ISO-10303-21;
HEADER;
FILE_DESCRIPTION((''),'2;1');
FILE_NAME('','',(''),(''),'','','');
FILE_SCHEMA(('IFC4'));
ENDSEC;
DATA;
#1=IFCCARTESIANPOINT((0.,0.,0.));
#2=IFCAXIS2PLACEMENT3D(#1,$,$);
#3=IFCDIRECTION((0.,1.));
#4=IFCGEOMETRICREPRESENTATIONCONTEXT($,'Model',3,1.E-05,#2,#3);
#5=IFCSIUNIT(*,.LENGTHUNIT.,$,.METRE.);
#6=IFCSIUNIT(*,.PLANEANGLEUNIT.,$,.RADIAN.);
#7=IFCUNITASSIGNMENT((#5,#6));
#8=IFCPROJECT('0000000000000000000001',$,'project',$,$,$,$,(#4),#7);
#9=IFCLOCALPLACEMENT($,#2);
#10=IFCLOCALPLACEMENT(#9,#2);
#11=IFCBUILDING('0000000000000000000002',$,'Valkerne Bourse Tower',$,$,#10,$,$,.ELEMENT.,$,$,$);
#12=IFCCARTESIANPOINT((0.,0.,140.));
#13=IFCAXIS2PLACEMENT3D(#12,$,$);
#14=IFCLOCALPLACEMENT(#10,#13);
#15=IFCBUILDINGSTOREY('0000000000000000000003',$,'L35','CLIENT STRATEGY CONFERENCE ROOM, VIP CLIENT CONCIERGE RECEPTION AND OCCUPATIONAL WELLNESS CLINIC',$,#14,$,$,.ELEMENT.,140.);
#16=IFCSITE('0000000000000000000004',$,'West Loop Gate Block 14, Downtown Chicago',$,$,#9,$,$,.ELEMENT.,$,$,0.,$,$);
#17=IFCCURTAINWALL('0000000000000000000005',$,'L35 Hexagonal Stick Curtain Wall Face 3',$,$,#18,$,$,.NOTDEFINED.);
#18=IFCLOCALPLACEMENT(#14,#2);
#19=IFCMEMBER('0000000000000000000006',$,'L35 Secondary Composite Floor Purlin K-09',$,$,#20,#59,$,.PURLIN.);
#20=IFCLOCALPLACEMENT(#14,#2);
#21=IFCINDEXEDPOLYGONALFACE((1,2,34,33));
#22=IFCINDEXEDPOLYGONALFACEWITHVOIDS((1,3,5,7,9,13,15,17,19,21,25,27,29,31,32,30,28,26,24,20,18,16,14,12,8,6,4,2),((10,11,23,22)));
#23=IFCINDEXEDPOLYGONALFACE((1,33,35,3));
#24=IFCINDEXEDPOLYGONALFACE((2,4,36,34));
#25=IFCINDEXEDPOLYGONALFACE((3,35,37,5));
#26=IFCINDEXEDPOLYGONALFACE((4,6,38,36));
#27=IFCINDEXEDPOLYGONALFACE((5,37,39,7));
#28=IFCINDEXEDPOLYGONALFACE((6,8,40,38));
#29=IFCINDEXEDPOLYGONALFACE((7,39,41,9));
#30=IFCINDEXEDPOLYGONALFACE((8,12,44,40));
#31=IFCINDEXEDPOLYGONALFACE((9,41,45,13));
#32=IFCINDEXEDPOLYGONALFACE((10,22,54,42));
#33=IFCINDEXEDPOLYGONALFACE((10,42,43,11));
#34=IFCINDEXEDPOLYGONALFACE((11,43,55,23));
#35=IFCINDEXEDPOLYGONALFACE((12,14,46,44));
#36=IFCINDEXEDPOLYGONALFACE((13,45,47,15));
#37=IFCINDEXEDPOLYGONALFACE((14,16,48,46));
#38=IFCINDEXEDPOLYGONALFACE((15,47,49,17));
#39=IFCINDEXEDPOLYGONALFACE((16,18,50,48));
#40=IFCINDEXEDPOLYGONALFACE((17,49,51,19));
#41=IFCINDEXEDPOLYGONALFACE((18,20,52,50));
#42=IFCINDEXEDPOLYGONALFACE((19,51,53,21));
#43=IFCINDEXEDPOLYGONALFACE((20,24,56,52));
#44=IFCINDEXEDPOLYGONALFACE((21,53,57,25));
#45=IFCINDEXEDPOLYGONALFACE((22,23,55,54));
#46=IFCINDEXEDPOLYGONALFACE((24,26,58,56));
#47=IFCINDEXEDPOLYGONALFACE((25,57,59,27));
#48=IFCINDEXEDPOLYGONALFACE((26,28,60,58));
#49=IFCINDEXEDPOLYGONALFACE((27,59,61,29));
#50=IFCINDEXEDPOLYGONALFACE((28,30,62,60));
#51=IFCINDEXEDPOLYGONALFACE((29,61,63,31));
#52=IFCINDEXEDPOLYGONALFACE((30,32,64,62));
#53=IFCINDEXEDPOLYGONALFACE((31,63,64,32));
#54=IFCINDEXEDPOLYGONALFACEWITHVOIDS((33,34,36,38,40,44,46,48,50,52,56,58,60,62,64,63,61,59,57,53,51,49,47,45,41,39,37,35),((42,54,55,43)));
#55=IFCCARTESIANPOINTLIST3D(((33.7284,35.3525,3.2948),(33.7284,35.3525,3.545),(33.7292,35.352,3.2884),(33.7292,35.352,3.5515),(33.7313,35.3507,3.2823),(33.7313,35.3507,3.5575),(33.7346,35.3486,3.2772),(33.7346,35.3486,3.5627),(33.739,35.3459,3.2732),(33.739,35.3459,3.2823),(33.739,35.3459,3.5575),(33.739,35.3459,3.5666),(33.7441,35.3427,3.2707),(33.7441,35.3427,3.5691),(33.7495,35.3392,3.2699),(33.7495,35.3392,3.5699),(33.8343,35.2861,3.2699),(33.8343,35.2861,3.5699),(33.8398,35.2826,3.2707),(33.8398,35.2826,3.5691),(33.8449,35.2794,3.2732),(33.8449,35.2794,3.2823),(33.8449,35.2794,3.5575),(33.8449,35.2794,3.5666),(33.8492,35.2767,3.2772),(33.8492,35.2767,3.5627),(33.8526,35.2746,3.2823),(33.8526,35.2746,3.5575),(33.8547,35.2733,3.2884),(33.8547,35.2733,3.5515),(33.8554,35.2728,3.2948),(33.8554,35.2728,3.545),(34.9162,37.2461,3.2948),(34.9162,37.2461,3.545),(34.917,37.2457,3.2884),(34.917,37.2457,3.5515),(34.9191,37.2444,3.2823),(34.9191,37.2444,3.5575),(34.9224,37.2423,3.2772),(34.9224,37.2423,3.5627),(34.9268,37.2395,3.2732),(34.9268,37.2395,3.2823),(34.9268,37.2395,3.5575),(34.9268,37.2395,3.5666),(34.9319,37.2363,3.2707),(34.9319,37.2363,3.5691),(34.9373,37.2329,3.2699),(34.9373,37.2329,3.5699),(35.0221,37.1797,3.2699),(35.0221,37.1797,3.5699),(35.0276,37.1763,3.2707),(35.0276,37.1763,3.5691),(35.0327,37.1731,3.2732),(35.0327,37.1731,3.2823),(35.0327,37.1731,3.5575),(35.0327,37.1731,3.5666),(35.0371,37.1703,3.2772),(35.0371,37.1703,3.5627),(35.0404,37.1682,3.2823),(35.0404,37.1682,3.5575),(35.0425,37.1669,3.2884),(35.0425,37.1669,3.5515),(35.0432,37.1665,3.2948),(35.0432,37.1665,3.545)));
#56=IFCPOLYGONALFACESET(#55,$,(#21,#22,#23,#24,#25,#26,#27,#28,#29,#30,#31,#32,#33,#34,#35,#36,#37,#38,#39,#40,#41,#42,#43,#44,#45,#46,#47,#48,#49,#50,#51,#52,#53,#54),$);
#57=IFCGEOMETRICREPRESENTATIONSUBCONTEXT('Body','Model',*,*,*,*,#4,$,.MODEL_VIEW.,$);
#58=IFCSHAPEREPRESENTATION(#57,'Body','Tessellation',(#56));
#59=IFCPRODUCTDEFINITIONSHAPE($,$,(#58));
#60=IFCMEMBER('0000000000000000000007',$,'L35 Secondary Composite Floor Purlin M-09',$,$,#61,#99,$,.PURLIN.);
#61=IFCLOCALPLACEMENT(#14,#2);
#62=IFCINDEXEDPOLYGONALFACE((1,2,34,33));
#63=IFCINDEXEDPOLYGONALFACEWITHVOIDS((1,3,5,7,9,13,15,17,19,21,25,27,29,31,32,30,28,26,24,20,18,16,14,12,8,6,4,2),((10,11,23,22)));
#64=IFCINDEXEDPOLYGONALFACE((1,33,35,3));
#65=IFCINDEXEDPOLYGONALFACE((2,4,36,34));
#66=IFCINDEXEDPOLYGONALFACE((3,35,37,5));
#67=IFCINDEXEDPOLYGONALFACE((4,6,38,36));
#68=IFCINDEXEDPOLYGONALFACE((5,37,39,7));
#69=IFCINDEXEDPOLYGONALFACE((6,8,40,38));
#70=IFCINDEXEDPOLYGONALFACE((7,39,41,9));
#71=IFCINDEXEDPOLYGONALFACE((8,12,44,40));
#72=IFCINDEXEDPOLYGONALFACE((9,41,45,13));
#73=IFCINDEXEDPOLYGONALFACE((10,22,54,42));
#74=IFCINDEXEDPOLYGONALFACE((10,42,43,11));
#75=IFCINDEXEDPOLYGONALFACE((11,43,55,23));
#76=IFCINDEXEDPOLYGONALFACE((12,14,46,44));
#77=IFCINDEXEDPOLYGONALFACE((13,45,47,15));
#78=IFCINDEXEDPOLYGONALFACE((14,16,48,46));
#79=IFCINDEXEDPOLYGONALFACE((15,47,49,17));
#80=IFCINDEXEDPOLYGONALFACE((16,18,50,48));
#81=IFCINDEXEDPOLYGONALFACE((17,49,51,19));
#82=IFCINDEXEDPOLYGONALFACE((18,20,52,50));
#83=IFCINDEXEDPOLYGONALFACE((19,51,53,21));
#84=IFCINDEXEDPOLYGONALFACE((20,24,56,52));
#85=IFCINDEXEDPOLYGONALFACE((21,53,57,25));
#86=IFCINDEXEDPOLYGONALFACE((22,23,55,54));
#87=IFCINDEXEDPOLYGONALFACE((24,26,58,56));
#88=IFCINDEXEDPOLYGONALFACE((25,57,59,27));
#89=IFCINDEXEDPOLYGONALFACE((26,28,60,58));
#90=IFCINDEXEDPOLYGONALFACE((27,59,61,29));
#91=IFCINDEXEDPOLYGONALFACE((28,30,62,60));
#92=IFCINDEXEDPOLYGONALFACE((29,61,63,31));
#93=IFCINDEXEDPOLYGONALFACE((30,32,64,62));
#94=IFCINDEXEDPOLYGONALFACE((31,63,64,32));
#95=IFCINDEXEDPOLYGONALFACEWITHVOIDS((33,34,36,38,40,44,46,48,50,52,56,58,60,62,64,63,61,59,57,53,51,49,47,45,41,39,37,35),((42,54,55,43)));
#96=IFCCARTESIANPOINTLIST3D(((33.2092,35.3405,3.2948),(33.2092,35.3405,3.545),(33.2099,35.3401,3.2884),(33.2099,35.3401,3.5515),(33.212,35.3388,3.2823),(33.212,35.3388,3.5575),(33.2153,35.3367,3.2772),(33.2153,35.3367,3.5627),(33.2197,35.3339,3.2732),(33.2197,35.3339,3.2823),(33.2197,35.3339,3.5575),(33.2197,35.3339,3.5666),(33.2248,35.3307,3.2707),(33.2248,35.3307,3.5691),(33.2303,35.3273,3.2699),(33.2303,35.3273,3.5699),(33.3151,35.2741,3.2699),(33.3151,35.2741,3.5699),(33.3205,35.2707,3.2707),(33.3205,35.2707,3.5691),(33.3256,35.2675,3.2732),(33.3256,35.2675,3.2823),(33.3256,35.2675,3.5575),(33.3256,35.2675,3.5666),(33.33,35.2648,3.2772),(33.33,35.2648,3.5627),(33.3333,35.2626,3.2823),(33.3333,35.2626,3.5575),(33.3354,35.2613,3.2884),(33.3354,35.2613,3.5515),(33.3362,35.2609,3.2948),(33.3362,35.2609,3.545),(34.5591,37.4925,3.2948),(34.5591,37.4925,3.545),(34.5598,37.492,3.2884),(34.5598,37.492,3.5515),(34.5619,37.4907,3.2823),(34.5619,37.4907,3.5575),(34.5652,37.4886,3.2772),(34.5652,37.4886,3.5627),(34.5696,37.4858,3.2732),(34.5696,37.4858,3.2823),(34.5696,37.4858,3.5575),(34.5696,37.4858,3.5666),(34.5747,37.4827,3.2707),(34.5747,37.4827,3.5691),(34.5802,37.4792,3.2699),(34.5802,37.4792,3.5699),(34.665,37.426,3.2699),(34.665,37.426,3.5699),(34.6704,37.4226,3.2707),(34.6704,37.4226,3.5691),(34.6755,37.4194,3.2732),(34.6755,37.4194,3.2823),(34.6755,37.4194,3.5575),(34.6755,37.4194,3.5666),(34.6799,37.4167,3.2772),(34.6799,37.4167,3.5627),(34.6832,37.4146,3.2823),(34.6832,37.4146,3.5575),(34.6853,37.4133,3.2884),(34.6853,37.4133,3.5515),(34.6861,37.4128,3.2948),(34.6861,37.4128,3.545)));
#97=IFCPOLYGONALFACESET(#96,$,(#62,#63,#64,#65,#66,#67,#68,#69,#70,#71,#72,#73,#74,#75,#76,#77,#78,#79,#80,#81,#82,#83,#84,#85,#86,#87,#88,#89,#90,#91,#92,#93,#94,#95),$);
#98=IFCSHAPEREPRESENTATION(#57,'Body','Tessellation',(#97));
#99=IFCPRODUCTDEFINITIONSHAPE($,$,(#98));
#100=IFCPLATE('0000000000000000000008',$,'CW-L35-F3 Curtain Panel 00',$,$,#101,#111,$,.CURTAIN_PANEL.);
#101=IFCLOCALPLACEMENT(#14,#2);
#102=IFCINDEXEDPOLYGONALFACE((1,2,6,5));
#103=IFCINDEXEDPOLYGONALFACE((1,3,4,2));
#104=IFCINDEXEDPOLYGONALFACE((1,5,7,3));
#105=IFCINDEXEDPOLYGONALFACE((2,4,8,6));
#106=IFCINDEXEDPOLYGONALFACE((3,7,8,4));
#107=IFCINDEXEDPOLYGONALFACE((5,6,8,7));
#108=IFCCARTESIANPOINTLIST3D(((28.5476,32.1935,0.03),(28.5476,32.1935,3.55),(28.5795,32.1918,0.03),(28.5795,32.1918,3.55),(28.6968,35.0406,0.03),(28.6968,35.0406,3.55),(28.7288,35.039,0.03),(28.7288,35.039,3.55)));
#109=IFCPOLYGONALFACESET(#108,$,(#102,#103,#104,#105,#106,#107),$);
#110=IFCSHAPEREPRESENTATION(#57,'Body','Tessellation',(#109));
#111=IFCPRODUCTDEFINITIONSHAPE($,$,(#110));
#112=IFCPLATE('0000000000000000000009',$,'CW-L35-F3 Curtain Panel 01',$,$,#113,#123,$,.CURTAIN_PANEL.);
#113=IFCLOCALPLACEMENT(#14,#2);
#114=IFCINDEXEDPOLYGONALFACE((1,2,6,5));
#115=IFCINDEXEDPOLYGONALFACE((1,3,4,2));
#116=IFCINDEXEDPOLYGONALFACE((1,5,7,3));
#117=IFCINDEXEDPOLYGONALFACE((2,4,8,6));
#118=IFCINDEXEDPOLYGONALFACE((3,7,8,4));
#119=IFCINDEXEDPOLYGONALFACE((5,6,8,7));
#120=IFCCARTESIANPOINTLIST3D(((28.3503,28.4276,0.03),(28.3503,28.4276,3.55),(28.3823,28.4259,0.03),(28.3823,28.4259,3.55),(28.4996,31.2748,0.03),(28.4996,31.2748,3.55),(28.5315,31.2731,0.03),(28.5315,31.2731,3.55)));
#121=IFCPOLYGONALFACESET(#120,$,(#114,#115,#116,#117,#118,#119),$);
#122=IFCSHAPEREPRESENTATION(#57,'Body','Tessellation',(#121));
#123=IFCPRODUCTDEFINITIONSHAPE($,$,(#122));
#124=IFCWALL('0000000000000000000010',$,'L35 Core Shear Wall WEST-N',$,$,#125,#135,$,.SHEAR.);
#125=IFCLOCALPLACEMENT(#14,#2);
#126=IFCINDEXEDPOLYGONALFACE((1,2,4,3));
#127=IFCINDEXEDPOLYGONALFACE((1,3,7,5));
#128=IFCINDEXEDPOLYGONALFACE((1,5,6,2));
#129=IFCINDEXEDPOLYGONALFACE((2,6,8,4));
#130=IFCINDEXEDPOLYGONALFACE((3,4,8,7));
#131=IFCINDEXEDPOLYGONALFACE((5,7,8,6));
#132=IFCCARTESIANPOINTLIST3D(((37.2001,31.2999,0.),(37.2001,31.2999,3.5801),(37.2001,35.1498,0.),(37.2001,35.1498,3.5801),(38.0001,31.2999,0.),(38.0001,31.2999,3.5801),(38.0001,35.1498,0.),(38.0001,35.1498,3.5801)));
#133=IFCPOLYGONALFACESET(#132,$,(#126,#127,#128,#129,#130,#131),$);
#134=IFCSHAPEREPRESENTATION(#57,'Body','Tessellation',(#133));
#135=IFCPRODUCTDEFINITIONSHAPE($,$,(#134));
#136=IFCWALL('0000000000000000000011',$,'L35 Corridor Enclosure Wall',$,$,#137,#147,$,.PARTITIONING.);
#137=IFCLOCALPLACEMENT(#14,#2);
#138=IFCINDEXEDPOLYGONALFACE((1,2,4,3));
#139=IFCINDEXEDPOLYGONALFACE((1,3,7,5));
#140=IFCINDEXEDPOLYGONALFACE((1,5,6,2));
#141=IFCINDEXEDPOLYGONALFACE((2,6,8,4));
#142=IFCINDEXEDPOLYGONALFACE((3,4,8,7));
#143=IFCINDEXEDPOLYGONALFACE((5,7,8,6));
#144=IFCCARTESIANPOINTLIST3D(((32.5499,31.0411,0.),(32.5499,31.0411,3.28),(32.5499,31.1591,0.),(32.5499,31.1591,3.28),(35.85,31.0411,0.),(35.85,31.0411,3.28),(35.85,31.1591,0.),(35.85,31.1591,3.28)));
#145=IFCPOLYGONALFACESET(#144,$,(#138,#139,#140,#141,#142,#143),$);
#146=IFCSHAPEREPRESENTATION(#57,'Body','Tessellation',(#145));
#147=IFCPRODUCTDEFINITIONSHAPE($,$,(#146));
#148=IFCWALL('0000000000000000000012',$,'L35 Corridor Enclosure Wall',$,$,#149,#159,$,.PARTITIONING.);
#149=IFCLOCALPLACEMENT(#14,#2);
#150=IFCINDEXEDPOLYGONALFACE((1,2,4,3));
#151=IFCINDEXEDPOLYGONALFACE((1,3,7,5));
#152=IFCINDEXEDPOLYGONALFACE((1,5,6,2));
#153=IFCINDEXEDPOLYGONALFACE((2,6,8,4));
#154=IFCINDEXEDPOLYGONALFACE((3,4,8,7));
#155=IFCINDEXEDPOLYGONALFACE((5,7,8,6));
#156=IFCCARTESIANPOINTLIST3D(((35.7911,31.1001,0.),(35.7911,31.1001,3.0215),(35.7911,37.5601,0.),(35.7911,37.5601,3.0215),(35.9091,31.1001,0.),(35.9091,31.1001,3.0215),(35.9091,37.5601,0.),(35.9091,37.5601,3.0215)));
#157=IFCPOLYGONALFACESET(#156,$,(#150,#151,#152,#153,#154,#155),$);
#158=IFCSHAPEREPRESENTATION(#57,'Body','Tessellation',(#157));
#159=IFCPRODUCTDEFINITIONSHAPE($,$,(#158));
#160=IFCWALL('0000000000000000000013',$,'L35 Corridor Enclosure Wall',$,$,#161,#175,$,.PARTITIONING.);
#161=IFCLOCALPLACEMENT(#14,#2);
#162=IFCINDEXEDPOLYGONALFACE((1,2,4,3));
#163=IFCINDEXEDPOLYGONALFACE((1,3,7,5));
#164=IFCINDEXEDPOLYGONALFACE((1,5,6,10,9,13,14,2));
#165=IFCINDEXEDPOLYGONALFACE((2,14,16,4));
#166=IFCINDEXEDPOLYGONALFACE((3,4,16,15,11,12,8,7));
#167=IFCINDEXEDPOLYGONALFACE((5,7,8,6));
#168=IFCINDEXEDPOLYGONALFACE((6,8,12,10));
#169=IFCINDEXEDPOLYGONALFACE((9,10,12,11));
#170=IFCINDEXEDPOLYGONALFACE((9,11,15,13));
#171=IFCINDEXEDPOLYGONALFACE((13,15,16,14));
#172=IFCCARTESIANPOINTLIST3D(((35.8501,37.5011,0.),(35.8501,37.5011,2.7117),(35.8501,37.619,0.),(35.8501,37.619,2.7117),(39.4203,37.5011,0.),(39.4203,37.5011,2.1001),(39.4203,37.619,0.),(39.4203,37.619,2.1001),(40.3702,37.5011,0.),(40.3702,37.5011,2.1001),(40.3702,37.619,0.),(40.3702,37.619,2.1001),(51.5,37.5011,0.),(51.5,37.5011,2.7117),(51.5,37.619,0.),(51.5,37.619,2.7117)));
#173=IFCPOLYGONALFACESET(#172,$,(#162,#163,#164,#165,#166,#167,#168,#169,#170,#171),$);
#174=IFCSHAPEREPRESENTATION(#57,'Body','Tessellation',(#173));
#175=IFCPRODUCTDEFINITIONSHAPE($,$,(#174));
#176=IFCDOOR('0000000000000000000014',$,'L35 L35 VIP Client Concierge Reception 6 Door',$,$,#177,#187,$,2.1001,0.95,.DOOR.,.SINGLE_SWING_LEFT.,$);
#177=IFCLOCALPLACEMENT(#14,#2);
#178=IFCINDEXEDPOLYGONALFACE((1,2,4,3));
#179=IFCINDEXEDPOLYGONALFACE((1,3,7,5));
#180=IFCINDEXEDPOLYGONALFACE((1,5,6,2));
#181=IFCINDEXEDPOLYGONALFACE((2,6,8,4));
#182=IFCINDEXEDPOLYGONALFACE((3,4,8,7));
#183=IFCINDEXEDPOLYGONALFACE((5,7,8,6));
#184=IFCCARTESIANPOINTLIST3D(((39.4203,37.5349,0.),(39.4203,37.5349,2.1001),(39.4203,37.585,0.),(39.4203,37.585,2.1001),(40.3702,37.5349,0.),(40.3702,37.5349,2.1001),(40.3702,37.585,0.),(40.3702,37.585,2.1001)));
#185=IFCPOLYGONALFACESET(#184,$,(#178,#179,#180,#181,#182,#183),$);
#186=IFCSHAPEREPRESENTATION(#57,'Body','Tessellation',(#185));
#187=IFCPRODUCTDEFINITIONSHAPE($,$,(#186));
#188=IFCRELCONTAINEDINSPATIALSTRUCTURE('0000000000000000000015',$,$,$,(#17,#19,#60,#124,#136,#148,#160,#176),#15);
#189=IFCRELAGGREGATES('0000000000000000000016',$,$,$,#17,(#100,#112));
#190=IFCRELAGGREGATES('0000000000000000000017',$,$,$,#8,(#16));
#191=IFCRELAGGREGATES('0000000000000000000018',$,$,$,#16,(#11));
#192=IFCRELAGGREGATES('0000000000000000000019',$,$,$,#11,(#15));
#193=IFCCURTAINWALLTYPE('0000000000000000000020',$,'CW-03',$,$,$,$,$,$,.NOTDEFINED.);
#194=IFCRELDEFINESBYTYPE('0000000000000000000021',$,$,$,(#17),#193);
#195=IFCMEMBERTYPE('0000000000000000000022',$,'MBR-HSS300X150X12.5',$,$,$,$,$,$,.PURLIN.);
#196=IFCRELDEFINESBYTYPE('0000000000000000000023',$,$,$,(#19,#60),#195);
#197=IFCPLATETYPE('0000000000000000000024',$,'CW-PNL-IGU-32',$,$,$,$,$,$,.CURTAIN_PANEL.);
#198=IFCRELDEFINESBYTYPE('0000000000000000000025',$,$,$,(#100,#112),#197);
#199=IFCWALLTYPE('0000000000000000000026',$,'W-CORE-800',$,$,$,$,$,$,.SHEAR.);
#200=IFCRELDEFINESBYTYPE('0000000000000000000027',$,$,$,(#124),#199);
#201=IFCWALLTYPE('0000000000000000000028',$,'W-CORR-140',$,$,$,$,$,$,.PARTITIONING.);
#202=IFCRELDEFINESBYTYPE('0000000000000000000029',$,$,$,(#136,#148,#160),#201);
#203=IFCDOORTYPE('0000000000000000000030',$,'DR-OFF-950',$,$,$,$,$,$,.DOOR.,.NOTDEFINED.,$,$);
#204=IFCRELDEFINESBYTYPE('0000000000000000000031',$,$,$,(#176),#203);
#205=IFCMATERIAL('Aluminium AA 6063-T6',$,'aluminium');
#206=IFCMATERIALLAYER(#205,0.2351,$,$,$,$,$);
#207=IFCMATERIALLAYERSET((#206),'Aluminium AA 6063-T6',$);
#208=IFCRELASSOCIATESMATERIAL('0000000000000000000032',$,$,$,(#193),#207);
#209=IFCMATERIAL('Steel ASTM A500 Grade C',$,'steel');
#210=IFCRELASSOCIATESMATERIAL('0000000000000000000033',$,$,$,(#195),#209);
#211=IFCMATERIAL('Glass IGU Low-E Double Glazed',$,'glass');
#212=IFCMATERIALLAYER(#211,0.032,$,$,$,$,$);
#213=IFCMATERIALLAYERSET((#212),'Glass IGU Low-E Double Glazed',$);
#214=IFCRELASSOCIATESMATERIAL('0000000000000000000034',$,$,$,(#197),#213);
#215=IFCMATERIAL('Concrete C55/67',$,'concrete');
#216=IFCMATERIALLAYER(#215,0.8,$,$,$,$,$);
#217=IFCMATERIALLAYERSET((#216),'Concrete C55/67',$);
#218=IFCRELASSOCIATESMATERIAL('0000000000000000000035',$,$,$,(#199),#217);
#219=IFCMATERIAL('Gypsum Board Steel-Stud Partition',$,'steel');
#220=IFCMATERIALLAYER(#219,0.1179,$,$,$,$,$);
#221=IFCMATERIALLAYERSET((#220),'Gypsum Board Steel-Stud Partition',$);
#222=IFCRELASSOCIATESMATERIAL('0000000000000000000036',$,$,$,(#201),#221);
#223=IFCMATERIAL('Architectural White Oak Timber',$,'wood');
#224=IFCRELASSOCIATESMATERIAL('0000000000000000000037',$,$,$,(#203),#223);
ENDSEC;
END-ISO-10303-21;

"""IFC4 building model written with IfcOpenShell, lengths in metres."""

from ifc_helpers import new_model, si_unit, direction, frame, frame_2d, origin, origin_2d, place, context, subcontext, project, spatial, rectangle, hollow_rectangle, extrude, material, layer, layer_set, material_profile, profile_set, type_object, element, fill, aggregate, save


model = new_model("IFC4")

# Units and contexts
model_context = context("Model", 3, precision=1e-05, world=origin(), true_north=direction((0.0, 1.0)))
body_context = subcontext(model_context, "Body", "Model", "MODEL_VIEW")
ifc_project = project(units=[si_unit("LENGTHUNIT", "METRE"), si_unit("PLANEANGLEUNIT", "RADIAN")], contexts=[model_context])

# Site, building, storey
site_placement = place(None, origin())
site = spatial("IfcSite", under=ifc_project, at=site_placement, Name="West Loop Gate Block 14, Downtown Chicago", CompositionType="ELEMENT", RefElevation=0.0)
building_placement = place(site_placement, origin())
building = spatial("IfcBuilding", under=site, at=building_placement, Name="Valkerne Bourse Tower", CompositionType="ELEMENT")
storey_placement = place(building_placement, frame((0.0, 0.0, 140.0)))
storey = spatial("IfcBuildingStorey", under=building, at=storey_placement, Name="L35", Description="CLIENT STRATEGY CONFERENCE ROOM, VIP CLIENT CONCIERGE RECEPTION AND OCCUPATIONAL WELLNESS CLINIC", CompositionType="ELEMENT", Elevation=140.0)

# Curtain wall
ifc_material_1 = material(Name="Aluminium AA 6063-T6", Category="aluminium")
ifc_layer_1 = layer(ifc_material_1, 0.2351)
ifc_layer_set_1 = layer_set([ifc_layer_1], Name="Aluminium AA 6063-T6")
curtain_wall_type = type_object("IfcCurtainWallType", Name="CW-03", PredefinedType="NOTDEFINED", material=ifc_layer_set_1)
curtain_wall_placement = place(storey_placement, origin())
curtain_wall = element("IfcCurtainWall", 1, at=curtain_wall_placement, inside=storey, type_object=curtain_wall_type, Name="L35 Hexagonal Stick Curtain Wall Face 3", PredefinedType="NOTDEFINED")

# Members
ifc_material_2 = material(Name="Steel ASTM A500 Grade C", Category="steel")
ifc_material_profile_1 = material_profile(ifc_material_2, hollow_rectangle(XDim=0.1499, YDim=0.3, WallThickness=0.0125, OuterFilletRadius=0.0249, at=origin_2d()), Name="HSS300X150X12.5")
ifc_profile_set_1 = profile_set([ifc_material_profile_1], Name="Steel ASTM A500 Grade C")
member_type_1 = type_object("IfcMemberType", Name="MBR-HSS300X150X12.5", PredefinedType="PURLIN", material=ifc_profile_set_1)
member_1_placement = place(storey_placement, frame((34.9797, 37.2063, 3.4199), z_axis=(-0.531373, -0.847138, 0.0), x_axis=(0.847138, -0.531373, 0.0)))
element("IfcMember", 2, at=member_1_placement, inside=storey, type_object=member_type_1, Name="L35 Secondary Composite Floor Purlin K-09", PredefinedType="PURLIN", context=body_context, shape_type="SweptSolid", body=[
    extrude(hollow_rectangle(XDim=0.1499, YDim=0.3, WallThickness=0.0125, OuterFilletRadius=0.0249, at=origin_2d()), origin(), (0.0, 0.0, 1.0), 2.2354),
])
member_2_placement = place(storey_placement, frame((34.6226, 37.4526, 3.4199), z_axis=(-0.531398, -0.847122, 0.0), x_axis=(0.847122, -0.531398, 0.0)))
element("IfcMember", 3, at=member_2_placement, inside=storey, type_object=member_type_1, Name="L35 Secondary Composite Floor Purlin M-09", PredefinedType="PURLIN", context=body_context, shape_type="SweptSolid", body=[
    extrude(hollow_rectangle(XDim=0.1499, YDim=0.3, WallThickness=0.0125, OuterFilletRadius=0.0249, at=origin_2d()), origin(), (0.0, 0.0, 1.0), 2.5403),
])

# Plates
ifc_material_3 = material(Name="Glass IGU Low-E Double Glazed", Category="glass")
ifc_layer_2 = layer(ifc_material_3, 0.032)
ifc_layer_set_2 = layer_set([ifc_layer_2], Name="Glass IGU Low-E Double Glazed")
plate_type = type_object("IfcPlateType", Name="CW-PNL-IGU-32", PredefinedType="CURTAIN_PANEL", material=ifc_layer_set_2)
plate_1_placement = place(storey_placement, frame((28.6382, 33.6162, 0.03), z_axis=(0.0, 0.0, 1.0), x_axis=(-0.052347, -0.998629, 0.0)))
plate_1 = element("IfcPlate", 4, at=plate_1_placement, type_object=plate_type, Name="CW-L35-F3 Curtain Panel 00", PredefinedType="CURTAIN_PANEL", context=body_context, shape_type="SweptSolid", body=[
    extrude(rectangle(XDim=2.8511, YDim=0.032, at=origin_2d()), origin(), (0.0, 0.0, 1.0), 3.52),
])
plate_2_placement = place(storey_placement, frame((28.4409, 29.8503, 0.03), z_axis=(0.0, 0.0, 1.0), x_axis=(-0.052346, -0.998629, 0.0)))
plate_2 = element("IfcPlate", 5, at=plate_2_placement, type_object=plate_type, Name="CW-L35-F3 Curtain Panel 01", PredefinedType="CURTAIN_PANEL", context=body_context, shape_type="SweptSolid", body=[
    extrude(rectangle(XDim=2.8511, YDim=0.032, at=origin_2d()), origin(), (0.0, 0.0, 1.0), 3.52),
])
aggregate(curtain_wall, [plate_1, plate_2])

# Shared definitions
ifc_material_4 = material(Name="Concrete C55/67", Category="concrete")
ifc_layer_3 = layer(ifc_material_4, 0.8)
ifc_layer_set_3 = layer_set([ifc_layer_3], Name="Concrete C55/67")
wall_type_1 = type_object("IfcWallType", Name="W-CORE-800", PredefinedType="SHEAR", material=ifc_layer_set_3)

# Walls
wall_1_placement = place(storey_placement, frame((37.6001, 31.3, 0.0), z_axis=(0.0, 0.0, 1.0), x_axis=(0.0, 1.0, 0.0)))
element("IfcWall", 6, at=wall_1_placement, inside=storey, type_object=wall_type_1, Name="L35 Core Shear Wall WEST-N", PredefinedType="SHEAR", context=body_context, shape_type="SweptSolid", body=[
    extrude(rectangle(XDim=3.8499, YDim=0.8, at=frame_2d((1.9248, 0.0))), origin(), (0.0, 0.0, 1.0), 3.5801),
])
ifc_material_5 = material(Name="Gypsum Board Steel-Stud Partition", Category="steel")
ifc_layer_4 = layer(ifc_material_5, 0.1179)
ifc_layer_set_4 = layer_set([ifc_layer_4], Name="Gypsum Board Steel-Stud Partition")
wall_type_2 = type_object("IfcWallType", Name="W-CORR-140", PredefinedType="PARTITIONING", material=ifc_layer_set_4)
wall_2_placement = place(storey_placement, frame((32.55, 31.1001, 0.0), z_axis=(0.0, 0.0, 1.0), x_axis=(1.0, 0.0, 0.0)))
element("IfcWall", 7, at=wall_2_placement, inside=storey, type_object=wall_type_2, Name="L35 Corridor Enclosure Wall", PredefinedType="PARTITIONING", context=body_context, shape_type="SweptSolid", body=[
    extrude(rectangle(XDim=3.3, YDim=0.1179, at=frame_2d((1.6499, 0.0))), origin(), (0.0, 0.0, 1.0), 3.28),
])
wall_3_placement = place(storey_placement, frame((35.8501, 31.1001, 0.0), z_axis=(0.0, 0.0, 1.0), x_axis=(0.0, 1.0, 0.0)))
element("IfcWall", 8, at=wall_3_placement, inside=storey, type_object=wall_type_2, Name="L35 Corridor Enclosure Wall", PredefinedType="PARTITIONING", context=body_context, shape_type="SweptSolid", body=[
    extrude(rectangle(XDim=6.46, YDim=0.1179, at=frame_2d((3.23, 0.0))), origin(), (0.0, 0.0, 1.0), 3.0215),
])

# Wall, opening, door
wall_4_placement = place(storey_placement, frame((35.8501, 37.5601, 0.0), z_axis=(0.0, 0.0, 1.0), x_axis=(1.0, 0.0, 0.0)))
wall_4 = element("IfcWall", 9, at=wall_4_placement, inside=storey, type_object=wall_type_2, Name="L35 Corridor Enclosure Wall", PredefinedType="PARTITIONING", context=body_context, shape_type="SweptSolid", body=[
    extrude(rectangle(XDim=15.6499, YDim=0.1179, at=frame_2d((7.825, 0.0))), origin(), (0.0, 0.0, 1.0), 2.7117),
])
opening_1_placement = place(wall_4_placement, frame((3.5701, 0.0, 0.0)))
opening_1 = element("IfcOpeningElement", 10, at=opening_1_placement, cuts=wall_4, PredefinedType="OPENING", context=body_context, shape_type="SweptSolid", body=[
    extrude(rectangle(XDim=0.95, YDim=2.1001, at=frame_2d((0.4751, 1.05))), frame((0.0, 0.0688, 0.0), z_axis=(0.0, -1.0, 0.0), x_axis=(1.0, 0.0, 0.0)), (0.0, 0.0, 1.0), 0.1379),
])
ifc_material_6 = material(Name="Architectural White Oak Timber", Category="wood")
door_type_1 = type_object("IfcDoorType", Name="DR-OFF-950", OperationType="NOTDEFINED", PredefinedType="DOOR", material=ifc_material_6)
door_1_placement = place(opening_1_placement, origin())
door_1 = element("IfcDoor", 11, at=door_1_placement, inside=storey, type_object=door_type_1, Name="L35 L35 VIP Client Concierge Reception 6 Door", OperationType="SINGLE_SWING_LEFT", OverallHeight=2.1001, OverallWidth=0.95, PredefinedType="DOOR", context=body_context, shape_type="SweptSolid", body=[
    extrude(rectangle(XDim=0.95, YDim=2.1001, at=frame_2d((0.4751, 1.05))), frame((0.0, 0.0249, 0.0), z_axis=(0.0, -1.0, 0.0), x_axis=(1.0, 0.0, 0.0)), (0.0, 0.0, 1.0), 0.05),
])
fill(opening_1, door_1)

save(model, "model.ifc")
